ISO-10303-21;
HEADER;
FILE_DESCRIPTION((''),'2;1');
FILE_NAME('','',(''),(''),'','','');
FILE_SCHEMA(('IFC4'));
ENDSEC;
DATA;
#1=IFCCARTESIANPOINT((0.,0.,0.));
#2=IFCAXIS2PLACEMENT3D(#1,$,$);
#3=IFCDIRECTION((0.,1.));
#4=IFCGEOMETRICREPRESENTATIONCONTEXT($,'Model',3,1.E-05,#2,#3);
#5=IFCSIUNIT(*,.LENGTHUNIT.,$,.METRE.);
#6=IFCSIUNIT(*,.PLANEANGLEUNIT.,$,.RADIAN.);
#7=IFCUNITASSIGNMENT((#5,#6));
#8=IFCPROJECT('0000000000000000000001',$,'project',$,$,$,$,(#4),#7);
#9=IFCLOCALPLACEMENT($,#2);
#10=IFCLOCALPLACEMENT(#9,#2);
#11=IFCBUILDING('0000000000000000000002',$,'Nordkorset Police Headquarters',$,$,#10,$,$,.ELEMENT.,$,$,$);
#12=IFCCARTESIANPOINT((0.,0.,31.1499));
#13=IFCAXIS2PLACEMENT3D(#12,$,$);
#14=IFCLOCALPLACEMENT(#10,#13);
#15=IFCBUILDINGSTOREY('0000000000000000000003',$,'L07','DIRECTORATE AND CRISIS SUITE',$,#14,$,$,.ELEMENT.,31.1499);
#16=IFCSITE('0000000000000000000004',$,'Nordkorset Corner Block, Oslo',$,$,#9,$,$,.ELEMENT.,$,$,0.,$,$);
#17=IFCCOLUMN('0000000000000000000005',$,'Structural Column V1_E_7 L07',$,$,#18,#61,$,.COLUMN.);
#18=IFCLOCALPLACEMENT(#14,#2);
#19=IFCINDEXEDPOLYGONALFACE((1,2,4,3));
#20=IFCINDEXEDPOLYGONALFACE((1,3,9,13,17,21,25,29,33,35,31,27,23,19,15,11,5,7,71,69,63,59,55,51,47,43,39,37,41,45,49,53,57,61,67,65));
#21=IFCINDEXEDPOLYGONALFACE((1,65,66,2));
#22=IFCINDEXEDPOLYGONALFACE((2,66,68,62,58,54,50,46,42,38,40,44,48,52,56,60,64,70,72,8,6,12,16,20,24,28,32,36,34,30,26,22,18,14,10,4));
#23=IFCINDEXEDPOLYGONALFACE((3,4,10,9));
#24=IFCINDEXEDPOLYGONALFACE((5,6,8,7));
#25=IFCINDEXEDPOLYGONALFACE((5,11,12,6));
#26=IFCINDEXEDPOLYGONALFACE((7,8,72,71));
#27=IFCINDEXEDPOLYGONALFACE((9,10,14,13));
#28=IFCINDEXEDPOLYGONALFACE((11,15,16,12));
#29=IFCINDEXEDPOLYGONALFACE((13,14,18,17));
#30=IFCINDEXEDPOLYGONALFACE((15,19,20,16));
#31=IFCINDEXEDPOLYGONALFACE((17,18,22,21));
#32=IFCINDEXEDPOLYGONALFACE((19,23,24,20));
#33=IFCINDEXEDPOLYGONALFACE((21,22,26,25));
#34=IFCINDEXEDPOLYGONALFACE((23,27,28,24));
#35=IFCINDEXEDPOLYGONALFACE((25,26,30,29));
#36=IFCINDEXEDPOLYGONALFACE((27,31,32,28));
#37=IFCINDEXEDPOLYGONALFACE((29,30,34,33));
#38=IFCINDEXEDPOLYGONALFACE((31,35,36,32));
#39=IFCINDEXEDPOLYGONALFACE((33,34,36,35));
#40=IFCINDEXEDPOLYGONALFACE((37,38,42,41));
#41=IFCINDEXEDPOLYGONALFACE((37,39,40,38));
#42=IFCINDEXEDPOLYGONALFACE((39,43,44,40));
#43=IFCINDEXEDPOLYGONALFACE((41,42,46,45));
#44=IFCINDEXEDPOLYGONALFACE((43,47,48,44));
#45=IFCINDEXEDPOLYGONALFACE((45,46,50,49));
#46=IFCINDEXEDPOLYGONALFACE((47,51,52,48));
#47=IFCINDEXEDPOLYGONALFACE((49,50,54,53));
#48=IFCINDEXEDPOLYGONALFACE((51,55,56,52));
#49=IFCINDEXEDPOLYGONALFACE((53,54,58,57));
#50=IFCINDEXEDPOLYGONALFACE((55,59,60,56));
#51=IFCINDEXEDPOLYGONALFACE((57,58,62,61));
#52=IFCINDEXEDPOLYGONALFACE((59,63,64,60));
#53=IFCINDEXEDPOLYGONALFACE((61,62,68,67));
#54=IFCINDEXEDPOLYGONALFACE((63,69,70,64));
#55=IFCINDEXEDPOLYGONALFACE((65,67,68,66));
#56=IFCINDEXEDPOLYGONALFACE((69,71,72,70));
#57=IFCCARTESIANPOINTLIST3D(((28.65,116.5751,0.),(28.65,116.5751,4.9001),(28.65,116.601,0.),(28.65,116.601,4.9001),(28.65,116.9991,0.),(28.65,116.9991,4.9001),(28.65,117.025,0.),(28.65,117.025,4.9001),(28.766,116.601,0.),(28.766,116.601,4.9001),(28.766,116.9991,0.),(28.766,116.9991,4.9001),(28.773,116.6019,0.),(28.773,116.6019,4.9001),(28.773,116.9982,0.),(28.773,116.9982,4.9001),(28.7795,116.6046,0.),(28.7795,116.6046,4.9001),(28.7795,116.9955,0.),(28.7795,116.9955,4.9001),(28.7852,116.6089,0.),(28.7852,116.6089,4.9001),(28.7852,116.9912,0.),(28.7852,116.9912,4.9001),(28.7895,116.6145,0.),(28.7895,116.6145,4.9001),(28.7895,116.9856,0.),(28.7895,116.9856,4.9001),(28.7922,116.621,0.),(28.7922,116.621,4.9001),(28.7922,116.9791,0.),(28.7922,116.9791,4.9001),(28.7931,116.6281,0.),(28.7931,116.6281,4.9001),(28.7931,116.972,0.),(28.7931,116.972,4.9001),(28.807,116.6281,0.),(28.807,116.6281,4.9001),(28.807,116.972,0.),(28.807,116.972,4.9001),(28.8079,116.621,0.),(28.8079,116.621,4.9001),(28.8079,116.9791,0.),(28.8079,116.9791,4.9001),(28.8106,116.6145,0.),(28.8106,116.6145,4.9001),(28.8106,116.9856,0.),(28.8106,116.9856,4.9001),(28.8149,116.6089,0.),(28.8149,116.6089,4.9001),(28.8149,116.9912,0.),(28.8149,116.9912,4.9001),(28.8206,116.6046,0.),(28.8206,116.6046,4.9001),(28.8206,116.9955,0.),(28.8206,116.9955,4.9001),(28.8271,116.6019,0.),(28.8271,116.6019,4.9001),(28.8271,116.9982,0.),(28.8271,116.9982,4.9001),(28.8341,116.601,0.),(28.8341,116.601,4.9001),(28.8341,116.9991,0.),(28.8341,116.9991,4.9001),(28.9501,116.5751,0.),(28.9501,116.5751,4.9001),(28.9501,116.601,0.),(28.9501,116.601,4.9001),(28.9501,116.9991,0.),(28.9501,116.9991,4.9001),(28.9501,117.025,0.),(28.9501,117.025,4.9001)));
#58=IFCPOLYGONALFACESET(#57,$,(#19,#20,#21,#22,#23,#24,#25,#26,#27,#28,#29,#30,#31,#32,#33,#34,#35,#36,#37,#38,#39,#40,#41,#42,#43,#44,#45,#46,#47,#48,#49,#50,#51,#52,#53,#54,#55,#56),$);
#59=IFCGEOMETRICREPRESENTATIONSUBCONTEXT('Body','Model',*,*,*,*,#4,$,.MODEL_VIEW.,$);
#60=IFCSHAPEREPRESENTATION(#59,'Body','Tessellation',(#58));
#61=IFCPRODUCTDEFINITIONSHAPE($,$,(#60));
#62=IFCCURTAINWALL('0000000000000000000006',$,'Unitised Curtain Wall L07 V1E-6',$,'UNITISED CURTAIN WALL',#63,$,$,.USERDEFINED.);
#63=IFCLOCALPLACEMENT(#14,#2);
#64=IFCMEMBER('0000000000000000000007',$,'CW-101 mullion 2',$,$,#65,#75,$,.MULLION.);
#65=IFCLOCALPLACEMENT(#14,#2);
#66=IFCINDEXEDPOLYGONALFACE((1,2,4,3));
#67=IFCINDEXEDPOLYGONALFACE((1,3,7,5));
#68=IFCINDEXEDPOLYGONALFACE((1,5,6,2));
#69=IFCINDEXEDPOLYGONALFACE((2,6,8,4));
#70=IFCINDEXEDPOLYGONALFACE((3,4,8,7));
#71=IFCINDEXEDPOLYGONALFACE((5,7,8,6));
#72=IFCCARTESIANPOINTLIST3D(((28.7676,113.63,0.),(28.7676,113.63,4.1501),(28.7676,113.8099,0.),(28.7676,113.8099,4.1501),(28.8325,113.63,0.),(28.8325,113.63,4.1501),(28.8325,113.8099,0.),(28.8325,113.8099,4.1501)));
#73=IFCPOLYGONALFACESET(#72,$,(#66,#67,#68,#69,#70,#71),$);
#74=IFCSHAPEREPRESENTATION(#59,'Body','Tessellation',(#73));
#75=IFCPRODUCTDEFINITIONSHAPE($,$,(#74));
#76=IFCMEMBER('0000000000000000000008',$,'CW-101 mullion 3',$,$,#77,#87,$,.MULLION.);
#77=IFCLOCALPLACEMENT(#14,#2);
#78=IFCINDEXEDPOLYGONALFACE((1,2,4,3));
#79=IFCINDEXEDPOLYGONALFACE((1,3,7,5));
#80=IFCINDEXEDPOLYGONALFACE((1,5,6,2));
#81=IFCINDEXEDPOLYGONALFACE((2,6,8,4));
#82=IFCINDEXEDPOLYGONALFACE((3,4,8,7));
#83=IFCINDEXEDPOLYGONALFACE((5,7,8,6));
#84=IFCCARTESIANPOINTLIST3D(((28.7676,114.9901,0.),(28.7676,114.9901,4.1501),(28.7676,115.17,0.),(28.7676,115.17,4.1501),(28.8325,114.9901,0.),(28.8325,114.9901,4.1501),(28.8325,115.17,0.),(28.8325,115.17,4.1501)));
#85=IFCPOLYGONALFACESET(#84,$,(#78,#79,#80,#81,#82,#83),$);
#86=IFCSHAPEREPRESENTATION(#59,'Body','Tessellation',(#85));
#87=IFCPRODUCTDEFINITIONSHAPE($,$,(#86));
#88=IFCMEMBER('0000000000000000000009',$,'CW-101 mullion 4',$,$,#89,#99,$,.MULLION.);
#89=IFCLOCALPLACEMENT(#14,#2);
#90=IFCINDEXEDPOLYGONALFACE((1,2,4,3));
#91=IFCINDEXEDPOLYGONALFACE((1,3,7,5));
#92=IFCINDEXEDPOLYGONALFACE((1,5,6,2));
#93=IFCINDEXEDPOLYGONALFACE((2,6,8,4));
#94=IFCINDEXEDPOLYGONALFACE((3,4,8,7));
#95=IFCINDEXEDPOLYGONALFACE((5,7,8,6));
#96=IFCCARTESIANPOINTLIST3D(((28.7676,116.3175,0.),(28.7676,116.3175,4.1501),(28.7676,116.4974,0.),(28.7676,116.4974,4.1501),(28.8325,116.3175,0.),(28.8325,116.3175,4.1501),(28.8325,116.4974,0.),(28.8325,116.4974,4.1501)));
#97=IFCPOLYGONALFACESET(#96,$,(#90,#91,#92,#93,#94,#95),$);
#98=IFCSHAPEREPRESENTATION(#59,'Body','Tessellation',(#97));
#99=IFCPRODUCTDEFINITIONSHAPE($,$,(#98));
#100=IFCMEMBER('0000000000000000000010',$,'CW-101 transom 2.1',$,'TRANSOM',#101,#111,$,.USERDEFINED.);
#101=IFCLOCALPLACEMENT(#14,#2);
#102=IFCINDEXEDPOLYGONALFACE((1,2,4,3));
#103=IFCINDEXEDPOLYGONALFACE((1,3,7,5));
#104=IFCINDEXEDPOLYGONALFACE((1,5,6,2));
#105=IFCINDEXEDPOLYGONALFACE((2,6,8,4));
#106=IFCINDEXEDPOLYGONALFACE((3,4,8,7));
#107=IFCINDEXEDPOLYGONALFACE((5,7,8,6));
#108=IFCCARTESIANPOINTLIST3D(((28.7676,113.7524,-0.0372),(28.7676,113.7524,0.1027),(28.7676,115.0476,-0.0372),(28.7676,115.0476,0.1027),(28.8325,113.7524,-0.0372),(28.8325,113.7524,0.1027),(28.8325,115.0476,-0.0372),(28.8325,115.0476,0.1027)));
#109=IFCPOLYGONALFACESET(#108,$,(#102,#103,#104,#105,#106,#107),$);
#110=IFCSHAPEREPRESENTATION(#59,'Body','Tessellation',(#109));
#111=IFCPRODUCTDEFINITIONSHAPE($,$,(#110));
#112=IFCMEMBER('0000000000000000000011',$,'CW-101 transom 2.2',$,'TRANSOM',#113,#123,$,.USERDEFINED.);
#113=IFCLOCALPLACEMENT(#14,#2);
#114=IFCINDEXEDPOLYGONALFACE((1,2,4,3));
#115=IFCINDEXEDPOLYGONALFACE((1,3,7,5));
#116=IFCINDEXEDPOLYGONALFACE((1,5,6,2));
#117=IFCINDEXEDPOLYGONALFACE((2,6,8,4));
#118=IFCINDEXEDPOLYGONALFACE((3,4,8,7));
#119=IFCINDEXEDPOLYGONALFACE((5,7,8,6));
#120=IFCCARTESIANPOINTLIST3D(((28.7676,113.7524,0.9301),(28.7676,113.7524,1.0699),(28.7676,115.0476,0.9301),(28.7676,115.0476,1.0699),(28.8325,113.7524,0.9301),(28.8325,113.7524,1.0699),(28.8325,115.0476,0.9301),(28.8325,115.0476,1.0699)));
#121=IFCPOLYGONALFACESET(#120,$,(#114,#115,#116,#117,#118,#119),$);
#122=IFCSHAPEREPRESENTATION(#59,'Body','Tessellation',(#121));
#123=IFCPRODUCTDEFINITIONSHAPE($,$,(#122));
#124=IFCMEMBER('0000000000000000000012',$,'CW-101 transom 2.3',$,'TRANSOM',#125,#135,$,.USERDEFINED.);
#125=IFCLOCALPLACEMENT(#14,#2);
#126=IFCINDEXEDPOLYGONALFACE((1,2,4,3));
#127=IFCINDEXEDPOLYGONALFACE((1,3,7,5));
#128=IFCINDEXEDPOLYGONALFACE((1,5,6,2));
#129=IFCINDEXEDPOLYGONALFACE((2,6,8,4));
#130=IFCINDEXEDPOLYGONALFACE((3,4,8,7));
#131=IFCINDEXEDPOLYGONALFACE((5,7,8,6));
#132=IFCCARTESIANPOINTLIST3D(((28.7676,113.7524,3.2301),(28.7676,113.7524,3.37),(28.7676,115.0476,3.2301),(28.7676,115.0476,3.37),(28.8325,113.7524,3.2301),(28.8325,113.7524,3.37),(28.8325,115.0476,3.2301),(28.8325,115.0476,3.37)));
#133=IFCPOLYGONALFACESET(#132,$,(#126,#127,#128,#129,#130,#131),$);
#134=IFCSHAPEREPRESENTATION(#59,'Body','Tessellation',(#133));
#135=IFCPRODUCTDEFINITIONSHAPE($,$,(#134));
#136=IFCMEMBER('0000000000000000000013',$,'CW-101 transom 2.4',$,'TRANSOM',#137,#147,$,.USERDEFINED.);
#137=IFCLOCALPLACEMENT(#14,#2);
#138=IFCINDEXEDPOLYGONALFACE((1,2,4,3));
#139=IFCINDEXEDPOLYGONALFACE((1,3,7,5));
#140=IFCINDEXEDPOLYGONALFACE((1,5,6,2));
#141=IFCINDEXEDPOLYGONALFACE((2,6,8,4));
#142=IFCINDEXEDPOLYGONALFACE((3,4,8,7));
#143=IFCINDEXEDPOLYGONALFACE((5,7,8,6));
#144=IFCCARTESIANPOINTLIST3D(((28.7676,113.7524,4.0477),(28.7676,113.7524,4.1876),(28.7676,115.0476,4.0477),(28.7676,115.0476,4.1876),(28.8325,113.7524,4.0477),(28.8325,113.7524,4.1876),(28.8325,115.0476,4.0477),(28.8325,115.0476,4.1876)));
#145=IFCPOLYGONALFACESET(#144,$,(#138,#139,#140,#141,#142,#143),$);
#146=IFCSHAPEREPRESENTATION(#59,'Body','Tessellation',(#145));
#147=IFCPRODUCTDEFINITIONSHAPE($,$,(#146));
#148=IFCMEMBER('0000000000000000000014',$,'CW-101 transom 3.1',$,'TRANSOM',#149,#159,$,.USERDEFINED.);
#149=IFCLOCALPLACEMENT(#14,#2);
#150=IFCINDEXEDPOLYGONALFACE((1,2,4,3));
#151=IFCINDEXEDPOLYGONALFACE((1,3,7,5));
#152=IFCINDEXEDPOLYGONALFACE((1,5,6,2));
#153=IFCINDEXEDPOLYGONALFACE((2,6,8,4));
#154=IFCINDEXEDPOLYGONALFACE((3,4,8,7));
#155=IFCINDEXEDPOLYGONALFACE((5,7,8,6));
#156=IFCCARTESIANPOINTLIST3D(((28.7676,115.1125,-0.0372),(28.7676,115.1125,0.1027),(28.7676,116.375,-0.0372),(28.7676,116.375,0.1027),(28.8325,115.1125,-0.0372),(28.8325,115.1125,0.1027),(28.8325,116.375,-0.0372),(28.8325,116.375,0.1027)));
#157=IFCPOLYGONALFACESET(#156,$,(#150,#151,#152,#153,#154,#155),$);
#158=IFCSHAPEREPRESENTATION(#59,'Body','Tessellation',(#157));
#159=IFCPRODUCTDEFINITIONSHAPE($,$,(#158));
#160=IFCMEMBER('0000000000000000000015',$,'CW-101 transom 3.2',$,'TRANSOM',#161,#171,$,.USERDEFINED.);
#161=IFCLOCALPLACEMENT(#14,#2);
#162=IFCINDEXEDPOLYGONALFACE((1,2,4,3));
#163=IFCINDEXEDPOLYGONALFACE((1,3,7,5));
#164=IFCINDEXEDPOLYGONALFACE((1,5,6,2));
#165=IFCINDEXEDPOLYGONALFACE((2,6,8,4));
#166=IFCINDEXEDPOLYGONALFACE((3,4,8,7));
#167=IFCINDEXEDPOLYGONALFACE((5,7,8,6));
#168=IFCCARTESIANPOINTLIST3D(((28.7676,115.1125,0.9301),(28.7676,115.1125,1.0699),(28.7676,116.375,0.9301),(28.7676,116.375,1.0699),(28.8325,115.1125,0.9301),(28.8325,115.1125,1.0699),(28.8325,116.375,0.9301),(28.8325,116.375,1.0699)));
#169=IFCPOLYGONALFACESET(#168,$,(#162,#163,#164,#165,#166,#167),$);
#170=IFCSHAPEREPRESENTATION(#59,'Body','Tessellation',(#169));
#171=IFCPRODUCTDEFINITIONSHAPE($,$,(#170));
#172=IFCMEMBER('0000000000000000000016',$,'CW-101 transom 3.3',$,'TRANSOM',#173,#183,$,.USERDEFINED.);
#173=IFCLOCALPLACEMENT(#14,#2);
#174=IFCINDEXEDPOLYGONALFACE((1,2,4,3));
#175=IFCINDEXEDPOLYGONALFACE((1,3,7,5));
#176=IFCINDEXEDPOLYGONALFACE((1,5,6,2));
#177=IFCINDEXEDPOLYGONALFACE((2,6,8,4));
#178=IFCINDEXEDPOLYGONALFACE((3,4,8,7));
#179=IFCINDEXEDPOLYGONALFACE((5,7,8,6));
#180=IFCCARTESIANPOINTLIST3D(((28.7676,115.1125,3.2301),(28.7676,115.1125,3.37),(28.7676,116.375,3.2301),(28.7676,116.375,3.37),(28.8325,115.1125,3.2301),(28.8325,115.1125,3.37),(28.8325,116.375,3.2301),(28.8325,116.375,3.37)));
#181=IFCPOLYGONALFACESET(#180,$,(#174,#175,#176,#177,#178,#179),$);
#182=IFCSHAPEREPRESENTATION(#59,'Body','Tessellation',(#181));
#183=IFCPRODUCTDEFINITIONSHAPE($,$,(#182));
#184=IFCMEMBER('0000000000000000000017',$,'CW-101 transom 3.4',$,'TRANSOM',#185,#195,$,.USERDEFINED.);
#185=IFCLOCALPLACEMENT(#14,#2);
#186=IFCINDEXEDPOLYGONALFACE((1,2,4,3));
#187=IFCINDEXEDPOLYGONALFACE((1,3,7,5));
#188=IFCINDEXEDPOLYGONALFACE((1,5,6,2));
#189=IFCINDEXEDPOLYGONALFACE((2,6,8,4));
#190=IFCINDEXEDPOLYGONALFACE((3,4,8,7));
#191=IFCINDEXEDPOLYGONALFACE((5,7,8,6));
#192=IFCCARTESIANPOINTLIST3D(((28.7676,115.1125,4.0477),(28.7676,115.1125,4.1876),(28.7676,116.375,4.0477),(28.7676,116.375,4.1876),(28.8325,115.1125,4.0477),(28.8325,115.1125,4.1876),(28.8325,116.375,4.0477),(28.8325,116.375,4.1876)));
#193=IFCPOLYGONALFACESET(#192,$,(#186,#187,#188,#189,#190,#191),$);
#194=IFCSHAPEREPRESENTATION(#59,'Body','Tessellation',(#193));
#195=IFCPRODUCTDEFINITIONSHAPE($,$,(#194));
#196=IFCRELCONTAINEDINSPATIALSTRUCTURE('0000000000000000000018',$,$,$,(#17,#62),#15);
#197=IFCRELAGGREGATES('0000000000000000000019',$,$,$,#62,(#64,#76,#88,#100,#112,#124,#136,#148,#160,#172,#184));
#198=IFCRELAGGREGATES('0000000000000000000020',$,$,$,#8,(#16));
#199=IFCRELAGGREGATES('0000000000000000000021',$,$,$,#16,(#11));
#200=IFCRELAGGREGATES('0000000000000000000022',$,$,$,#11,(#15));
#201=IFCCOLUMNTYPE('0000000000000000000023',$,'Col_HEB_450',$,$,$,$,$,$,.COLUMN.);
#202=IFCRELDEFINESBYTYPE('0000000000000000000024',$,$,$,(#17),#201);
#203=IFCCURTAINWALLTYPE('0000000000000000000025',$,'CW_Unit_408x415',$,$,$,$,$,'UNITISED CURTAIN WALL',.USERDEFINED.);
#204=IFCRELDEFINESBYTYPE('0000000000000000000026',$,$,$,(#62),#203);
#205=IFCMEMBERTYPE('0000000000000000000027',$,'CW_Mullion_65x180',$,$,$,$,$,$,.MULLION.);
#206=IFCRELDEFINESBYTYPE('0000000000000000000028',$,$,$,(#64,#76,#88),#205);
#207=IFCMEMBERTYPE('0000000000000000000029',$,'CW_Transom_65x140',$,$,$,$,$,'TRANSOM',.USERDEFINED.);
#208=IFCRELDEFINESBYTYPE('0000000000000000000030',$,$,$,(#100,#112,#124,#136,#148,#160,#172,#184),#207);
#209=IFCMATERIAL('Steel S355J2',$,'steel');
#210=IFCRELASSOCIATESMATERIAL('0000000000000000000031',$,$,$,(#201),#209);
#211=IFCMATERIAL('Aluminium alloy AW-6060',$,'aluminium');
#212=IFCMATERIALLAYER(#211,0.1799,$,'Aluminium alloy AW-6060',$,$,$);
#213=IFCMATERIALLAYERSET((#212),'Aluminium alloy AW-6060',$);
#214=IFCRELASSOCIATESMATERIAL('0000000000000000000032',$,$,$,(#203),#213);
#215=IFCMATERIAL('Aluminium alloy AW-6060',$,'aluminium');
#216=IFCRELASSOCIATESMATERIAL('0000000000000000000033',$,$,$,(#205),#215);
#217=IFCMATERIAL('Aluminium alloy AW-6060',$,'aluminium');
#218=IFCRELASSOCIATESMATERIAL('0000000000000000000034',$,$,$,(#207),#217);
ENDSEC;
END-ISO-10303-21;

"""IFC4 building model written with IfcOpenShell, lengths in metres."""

from ifc_helpers import new_model, si_unit, direction, frame, origin, origin_2d, place, context, subcontext, project, spatial, rectangle, i_section, extrude, material, layer, layer_set, material_profile, profile_set, type_object, element, aggregate, save


model = new_model("IFC4")

# Units and contexts
model_context = context("Model", 3, precision=1e-05, world=origin(), true_north=direction((0.0, 1.0)))
body_context = subcontext(model_context, "Body", "Model", "MODEL_VIEW")
ifc_project = project(units=[si_unit("LENGTHUNIT", "METRE"), si_unit("PLANEANGLEUNIT", "RADIAN")], contexts=[model_context])

# Site, building, storey
site_placement = place(None, origin())
site = spatial("IfcSite", under=ifc_project, at=site_placement, Name="Nordkorset Corner Block, Oslo", CompositionType="ELEMENT", RefElevation=0.0)
building_placement = place(site_placement, origin())
building = spatial("IfcBuilding", under=site, at=building_placement, Name="Nordkorset Police Headquarters", CompositionType="ELEMENT")
storey_placement = place(building_placement, frame((0.0, 0.0, 31.1499)))
storey = spatial("IfcBuildingStorey", under=building, at=storey_placement, Name="L07", Description="DIRECTORATE AND CRISIS SUITE", CompositionType="ELEMENT", Elevation=31.1499)

# Column
ifc_material_1 = material(Name="Steel S355J2", Category="steel")
ifc_material_profile_1 = material_profile(ifc_material_1, i_section(OverallWidth=0.3, OverallDepth=0.45, WebThickness=0.0139, FlangeThickness=0.0259, FilletRadius=0.0271, at=origin_2d()), Name="HEB 450")
ifc_profile_set_1 = profile_set([ifc_material_profile_1], Name="Steel S355J2")
column_type = type_object("IfcColumnType", Name="Col_HEB_450", PredefinedType="COLUMN", material=ifc_profile_set_1)
column_placement = place(storey_placement, frame((28.8, 116.8, 0.0), z_axis=(0.0, 0.0, 1.0), x_axis=(1.0, 0.0, 0.0)))
element("IfcColumn", 1, at=column_placement, inside=storey, type_object=column_type, Name="Structural Column V1_E_7 L07", PredefinedType="COLUMN", context=body_context, shape_type="SweptSolid", body=[
    extrude(i_section(OverallWidth=0.3, OverallDepth=0.45, WebThickness=0.0139, FlangeThickness=0.0259, FilletRadius=0.0271, at=origin_2d()), origin(), (0.0, 0.0, 1.0), 4.9001),
])

# Curtain wall, members
ifc_material_2 = material(Name="Aluminium alloy AW-6060", Category="aluminium")
ifc_layer_1 = layer(ifc_material_2, 0.1799, Name="Aluminium alloy AW-6060")
ifc_layer_set_1 = layer_set([ifc_layer_1], Name="Aluminium alloy AW-6060")
curtain_wall_type = type_object("IfcCurtainWallType", Name="CW_Unit_408x415", ElementType="UNITISED CURTAIN WALL", PredefinedType="USERDEFINED", material=ifc_layer_set_1)
curtain_wall_placement = place(storey_placement, origin())
curtain_wall = element("IfcCurtainWall", 2, at=curtain_wall_placement, inside=storey, type_object=curtain_wall_type, Name="Unitised Curtain Wall L07 V1E-6", ObjectType="UNITISED CURTAIN WALL", PredefinedType="USERDEFINED")
ifc_material_3 = material(Name="Aluminium alloy AW-6060", Category="aluminium")
ifc_material_profile_2 = material_profile(ifc_material_3, rectangle(XDim=0.0649, YDim=0.1799, at=origin_2d()), Name="ALU MULL 65x180")
ifc_profile_set_2 = profile_set([ifc_material_profile_2], Name="Aluminium alloy AW-6060")
member_type_1 = type_object("IfcMemberType", Name="CW_Mullion_65x180", PredefinedType="MULLION", material=ifc_profile_set_2)
member_1_placement = place(storey_placement, frame((28.8, 113.72, 0.0), z_axis=(0.0, 0.0, 1.0), x_axis=(-1.0, 0.0, 0.0)))
member_1 = element("IfcMember", 3, at=member_1_placement, type_object=member_type_1, Name="CW-101 mullion 2", PredefinedType="MULLION", context=body_context, shape_type="SweptSolid", body=[
    extrude(rectangle(XDim=0.0649, YDim=0.1799, at=origin_2d()), origin(), (0.0, 0.0, 1.0), 4.1501),
])
member_2_placement = place(storey_placement, frame((28.8, 115.0801, 0.0), z_axis=(0.0, 0.0, 1.0), x_axis=(-1.0, 0.0, 0.0)))
member_2 = element("IfcMember", 4, at=member_2_placement, type_object=member_type_1, Name="CW-101 mullion 3", PredefinedType="MULLION", context=body_context, shape_type="SweptSolid", body=[
    extrude(rectangle(XDim=0.0649, YDim=0.1799, at=origin_2d()), origin(), (0.0, 0.0, 1.0), 4.1501),
])
member_3_placement = place(storey_placement, frame((28.8, 116.4075, 0.0), z_axis=(0.0, 0.0, 1.0), x_axis=(-1.0, 0.0, 0.0)))
member_3 = element("IfcMember", 5, at=member_3_placement, type_object=member_type_1, Name="CW-101 mullion 4", PredefinedType="MULLION", context=body_context, shape_type="SweptSolid", body=[
    extrude(rectangle(XDim=0.0649, YDim=0.1799, at=origin_2d()), origin(), (0.0, 0.0, 1.0), 4.1501),
])
ifc_material_4 = material(Name="Aluminium alloy AW-6060", Category="aluminium")
ifc_material_profile_3 = material_profile(ifc_material_4, rectangle(XDim=0.0649, YDim=0.1399, at=origin_2d()), Name="ALU TRAN 65x140")
ifc_profile_set_3 = profile_set([ifc_material_profile_3], Name="Aluminium alloy AW-6060")
member_type_2 = type_object("IfcMemberType", Name="CW_Transom_65x140", ElementType="TRANSOM", PredefinedType="USERDEFINED", material=ifc_profile_set_3)
member_4_placement = place(storey_placement, frame((28.8, 113.7524, 0.0327), z_axis=(0.0, 1.0, 0.0), x_axis=(-1.0, 0.0, 0.0)))
member_4 = element("IfcMember", 6, at=member_4_placement, type_object=member_type_2, Name="CW-101 transom 2.1", ObjectType="TRANSOM", PredefinedType="USERDEFINED", context=body_context, shape_type="SweptSolid", body=[
    extrude(rectangle(XDim=0.0649, YDim=0.1399, at=origin_2d()), origin(), (0.0, 0.0, 1.0), 1.2952),
])
member_5_placement = place(storey_placement, frame((28.8, 113.7524, 1.0), z_axis=(0.0, 1.0, 0.0), x_axis=(-1.0, 0.0, 0.0)))
member_5 = element("IfcMember", 7, at=member_5_placement, type_object=member_type_2, Name="CW-101 transom 2.2", ObjectType="TRANSOM", PredefinedType="USERDEFINED", context=body_context, shape_type="SweptSolid", body=[
    extrude(rectangle(XDim=0.0649, YDim=0.1399, at=origin_2d()), origin(), (0.0, 0.0, 1.0), 1.2952),
])
member_6_placement = place(storey_placement, frame((28.8, 113.7524, 3.3), z_axis=(0.0, 1.0, 0.0), x_axis=(-1.0, 0.0, 0.0)))
member_6 = element("IfcMember", 8, at=member_6_placement, type_object=member_type_2, Name="CW-101 transom 2.3", ObjectType="TRANSOM", PredefinedType="USERDEFINED", context=body_context, shape_type="SweptSolid", body=[
    extrude(rectangle(XDim=0.0649, YDim=0.1399, at=origin_2d()), origin(), (0.0, 0.0, 1.0), 1.2952),
])
member_7_placement = place(storey_placement, frame((28.8, 113.7524, 4.1177), z_axis=(0.0, 1.0, 0.0), x_axis=(-1.0, 0.0, 0.0)))
member_7 = element("IfcMember", 9, at=member_7_placement, type_object=member_type_2, Name="CW-101 transom 2.4", ObjectType="TRANSOM", PredefinedType="USERDEFINED", context=body_context, shape_type="SweptSolid", body=[
    extrude(rectangle(XDim=0.0649, YDim=0.1399, at=origin_2d()), origin(), (0.0, 0.0, 1.0), 1.2952),
])
member_8_placement = place(storey_placement, frame((28.8, 115.1125, 0.0327), z_axis=(0.0, 1.0, 0.0), x_axis=(-1.0, 0.0, 0.0)))
member_8 = element("IfcMember", 10, at=member_8_placement, type_object=member_type_2, Name="CW-101 transom 3.1", ObjectType="TRANSOM", PredefinedType="USERDEFINED", context=body_context, shape_type="SweptSolid", body=[
    extrude(rectangle(XDim=0.0649, YDim=0.1399, at=origin_2d()), origin(), (0.0, 0.0, 1.0), 1.2625),
])
member_9_placement = place(storey_placement, frame((28.8, 115.1125, 1.0), z_axis=(0.0, 1.0, 0.0), x_axis=(-1.0, 0.0, 0.0)))
member_9 = element("IfcMember", 11, at=member_9_placement, type_object=member_type_2, Name="CW-101 transom 3.2", ObjectType="TRANSOM", PredefinedType="USERDEFINED", context=body_context, shape_type="SweptSolid", body=[
    extrude(rectangle(XDim=0.0649, YDim=0.1399, at=origin_2d()), origin(), (0.0, 0.0, 1.0), 1.2625),
])
member_10_placement = place(storey_placement, frame((28.8, 115.1125, 3.3), z_axis=(0.0, 1.0, 0.0), x_axis=(-1.0, 0.0, 0.0)))
member_10 = element("IfcMember", 12, at=member_10_placement, type_object=member_type_2, Name="CW-101 transom 3.3", ObjectType="TRANSOM", PredefinedType="USERDEFINED", context=body_context, shape_type="SweptSolid", body=[
    extrude(rectangle(XDim=0.0649, YDim=0.1399, at=origin_2d()), origin(), (0.0, 0.0, 1.0), 1.2625),
])
member_11_placement = place(storey_placement, frame((28.8, 115.1125, 4.1177), z_axis=(0.0, 1.0, 0.0), x_axis=(-1.0, 0.0, 0.0)))
member_11 = element("IfcMember", 13, at=member_11_placement, type_object=member_type_2, Name="CW-101 transom 3.4", ObjectType="TRANSOM", PredefinedType="USERDEFINED", context=body_context, shape_type="SweptSolid", body=[
    extrude(rectangle(XDim=0.0649, YDim=0.1399, at=origin_2d()), origin(), (0.0, 0.0, 1.0), 1.2625),
])

aggregate(curtain_wall, [member_1, member_2, member_3, member_4, member_5, member_6, member_7, member_8, member_9, member_10, member_11])

save(model, "model.ifc")
